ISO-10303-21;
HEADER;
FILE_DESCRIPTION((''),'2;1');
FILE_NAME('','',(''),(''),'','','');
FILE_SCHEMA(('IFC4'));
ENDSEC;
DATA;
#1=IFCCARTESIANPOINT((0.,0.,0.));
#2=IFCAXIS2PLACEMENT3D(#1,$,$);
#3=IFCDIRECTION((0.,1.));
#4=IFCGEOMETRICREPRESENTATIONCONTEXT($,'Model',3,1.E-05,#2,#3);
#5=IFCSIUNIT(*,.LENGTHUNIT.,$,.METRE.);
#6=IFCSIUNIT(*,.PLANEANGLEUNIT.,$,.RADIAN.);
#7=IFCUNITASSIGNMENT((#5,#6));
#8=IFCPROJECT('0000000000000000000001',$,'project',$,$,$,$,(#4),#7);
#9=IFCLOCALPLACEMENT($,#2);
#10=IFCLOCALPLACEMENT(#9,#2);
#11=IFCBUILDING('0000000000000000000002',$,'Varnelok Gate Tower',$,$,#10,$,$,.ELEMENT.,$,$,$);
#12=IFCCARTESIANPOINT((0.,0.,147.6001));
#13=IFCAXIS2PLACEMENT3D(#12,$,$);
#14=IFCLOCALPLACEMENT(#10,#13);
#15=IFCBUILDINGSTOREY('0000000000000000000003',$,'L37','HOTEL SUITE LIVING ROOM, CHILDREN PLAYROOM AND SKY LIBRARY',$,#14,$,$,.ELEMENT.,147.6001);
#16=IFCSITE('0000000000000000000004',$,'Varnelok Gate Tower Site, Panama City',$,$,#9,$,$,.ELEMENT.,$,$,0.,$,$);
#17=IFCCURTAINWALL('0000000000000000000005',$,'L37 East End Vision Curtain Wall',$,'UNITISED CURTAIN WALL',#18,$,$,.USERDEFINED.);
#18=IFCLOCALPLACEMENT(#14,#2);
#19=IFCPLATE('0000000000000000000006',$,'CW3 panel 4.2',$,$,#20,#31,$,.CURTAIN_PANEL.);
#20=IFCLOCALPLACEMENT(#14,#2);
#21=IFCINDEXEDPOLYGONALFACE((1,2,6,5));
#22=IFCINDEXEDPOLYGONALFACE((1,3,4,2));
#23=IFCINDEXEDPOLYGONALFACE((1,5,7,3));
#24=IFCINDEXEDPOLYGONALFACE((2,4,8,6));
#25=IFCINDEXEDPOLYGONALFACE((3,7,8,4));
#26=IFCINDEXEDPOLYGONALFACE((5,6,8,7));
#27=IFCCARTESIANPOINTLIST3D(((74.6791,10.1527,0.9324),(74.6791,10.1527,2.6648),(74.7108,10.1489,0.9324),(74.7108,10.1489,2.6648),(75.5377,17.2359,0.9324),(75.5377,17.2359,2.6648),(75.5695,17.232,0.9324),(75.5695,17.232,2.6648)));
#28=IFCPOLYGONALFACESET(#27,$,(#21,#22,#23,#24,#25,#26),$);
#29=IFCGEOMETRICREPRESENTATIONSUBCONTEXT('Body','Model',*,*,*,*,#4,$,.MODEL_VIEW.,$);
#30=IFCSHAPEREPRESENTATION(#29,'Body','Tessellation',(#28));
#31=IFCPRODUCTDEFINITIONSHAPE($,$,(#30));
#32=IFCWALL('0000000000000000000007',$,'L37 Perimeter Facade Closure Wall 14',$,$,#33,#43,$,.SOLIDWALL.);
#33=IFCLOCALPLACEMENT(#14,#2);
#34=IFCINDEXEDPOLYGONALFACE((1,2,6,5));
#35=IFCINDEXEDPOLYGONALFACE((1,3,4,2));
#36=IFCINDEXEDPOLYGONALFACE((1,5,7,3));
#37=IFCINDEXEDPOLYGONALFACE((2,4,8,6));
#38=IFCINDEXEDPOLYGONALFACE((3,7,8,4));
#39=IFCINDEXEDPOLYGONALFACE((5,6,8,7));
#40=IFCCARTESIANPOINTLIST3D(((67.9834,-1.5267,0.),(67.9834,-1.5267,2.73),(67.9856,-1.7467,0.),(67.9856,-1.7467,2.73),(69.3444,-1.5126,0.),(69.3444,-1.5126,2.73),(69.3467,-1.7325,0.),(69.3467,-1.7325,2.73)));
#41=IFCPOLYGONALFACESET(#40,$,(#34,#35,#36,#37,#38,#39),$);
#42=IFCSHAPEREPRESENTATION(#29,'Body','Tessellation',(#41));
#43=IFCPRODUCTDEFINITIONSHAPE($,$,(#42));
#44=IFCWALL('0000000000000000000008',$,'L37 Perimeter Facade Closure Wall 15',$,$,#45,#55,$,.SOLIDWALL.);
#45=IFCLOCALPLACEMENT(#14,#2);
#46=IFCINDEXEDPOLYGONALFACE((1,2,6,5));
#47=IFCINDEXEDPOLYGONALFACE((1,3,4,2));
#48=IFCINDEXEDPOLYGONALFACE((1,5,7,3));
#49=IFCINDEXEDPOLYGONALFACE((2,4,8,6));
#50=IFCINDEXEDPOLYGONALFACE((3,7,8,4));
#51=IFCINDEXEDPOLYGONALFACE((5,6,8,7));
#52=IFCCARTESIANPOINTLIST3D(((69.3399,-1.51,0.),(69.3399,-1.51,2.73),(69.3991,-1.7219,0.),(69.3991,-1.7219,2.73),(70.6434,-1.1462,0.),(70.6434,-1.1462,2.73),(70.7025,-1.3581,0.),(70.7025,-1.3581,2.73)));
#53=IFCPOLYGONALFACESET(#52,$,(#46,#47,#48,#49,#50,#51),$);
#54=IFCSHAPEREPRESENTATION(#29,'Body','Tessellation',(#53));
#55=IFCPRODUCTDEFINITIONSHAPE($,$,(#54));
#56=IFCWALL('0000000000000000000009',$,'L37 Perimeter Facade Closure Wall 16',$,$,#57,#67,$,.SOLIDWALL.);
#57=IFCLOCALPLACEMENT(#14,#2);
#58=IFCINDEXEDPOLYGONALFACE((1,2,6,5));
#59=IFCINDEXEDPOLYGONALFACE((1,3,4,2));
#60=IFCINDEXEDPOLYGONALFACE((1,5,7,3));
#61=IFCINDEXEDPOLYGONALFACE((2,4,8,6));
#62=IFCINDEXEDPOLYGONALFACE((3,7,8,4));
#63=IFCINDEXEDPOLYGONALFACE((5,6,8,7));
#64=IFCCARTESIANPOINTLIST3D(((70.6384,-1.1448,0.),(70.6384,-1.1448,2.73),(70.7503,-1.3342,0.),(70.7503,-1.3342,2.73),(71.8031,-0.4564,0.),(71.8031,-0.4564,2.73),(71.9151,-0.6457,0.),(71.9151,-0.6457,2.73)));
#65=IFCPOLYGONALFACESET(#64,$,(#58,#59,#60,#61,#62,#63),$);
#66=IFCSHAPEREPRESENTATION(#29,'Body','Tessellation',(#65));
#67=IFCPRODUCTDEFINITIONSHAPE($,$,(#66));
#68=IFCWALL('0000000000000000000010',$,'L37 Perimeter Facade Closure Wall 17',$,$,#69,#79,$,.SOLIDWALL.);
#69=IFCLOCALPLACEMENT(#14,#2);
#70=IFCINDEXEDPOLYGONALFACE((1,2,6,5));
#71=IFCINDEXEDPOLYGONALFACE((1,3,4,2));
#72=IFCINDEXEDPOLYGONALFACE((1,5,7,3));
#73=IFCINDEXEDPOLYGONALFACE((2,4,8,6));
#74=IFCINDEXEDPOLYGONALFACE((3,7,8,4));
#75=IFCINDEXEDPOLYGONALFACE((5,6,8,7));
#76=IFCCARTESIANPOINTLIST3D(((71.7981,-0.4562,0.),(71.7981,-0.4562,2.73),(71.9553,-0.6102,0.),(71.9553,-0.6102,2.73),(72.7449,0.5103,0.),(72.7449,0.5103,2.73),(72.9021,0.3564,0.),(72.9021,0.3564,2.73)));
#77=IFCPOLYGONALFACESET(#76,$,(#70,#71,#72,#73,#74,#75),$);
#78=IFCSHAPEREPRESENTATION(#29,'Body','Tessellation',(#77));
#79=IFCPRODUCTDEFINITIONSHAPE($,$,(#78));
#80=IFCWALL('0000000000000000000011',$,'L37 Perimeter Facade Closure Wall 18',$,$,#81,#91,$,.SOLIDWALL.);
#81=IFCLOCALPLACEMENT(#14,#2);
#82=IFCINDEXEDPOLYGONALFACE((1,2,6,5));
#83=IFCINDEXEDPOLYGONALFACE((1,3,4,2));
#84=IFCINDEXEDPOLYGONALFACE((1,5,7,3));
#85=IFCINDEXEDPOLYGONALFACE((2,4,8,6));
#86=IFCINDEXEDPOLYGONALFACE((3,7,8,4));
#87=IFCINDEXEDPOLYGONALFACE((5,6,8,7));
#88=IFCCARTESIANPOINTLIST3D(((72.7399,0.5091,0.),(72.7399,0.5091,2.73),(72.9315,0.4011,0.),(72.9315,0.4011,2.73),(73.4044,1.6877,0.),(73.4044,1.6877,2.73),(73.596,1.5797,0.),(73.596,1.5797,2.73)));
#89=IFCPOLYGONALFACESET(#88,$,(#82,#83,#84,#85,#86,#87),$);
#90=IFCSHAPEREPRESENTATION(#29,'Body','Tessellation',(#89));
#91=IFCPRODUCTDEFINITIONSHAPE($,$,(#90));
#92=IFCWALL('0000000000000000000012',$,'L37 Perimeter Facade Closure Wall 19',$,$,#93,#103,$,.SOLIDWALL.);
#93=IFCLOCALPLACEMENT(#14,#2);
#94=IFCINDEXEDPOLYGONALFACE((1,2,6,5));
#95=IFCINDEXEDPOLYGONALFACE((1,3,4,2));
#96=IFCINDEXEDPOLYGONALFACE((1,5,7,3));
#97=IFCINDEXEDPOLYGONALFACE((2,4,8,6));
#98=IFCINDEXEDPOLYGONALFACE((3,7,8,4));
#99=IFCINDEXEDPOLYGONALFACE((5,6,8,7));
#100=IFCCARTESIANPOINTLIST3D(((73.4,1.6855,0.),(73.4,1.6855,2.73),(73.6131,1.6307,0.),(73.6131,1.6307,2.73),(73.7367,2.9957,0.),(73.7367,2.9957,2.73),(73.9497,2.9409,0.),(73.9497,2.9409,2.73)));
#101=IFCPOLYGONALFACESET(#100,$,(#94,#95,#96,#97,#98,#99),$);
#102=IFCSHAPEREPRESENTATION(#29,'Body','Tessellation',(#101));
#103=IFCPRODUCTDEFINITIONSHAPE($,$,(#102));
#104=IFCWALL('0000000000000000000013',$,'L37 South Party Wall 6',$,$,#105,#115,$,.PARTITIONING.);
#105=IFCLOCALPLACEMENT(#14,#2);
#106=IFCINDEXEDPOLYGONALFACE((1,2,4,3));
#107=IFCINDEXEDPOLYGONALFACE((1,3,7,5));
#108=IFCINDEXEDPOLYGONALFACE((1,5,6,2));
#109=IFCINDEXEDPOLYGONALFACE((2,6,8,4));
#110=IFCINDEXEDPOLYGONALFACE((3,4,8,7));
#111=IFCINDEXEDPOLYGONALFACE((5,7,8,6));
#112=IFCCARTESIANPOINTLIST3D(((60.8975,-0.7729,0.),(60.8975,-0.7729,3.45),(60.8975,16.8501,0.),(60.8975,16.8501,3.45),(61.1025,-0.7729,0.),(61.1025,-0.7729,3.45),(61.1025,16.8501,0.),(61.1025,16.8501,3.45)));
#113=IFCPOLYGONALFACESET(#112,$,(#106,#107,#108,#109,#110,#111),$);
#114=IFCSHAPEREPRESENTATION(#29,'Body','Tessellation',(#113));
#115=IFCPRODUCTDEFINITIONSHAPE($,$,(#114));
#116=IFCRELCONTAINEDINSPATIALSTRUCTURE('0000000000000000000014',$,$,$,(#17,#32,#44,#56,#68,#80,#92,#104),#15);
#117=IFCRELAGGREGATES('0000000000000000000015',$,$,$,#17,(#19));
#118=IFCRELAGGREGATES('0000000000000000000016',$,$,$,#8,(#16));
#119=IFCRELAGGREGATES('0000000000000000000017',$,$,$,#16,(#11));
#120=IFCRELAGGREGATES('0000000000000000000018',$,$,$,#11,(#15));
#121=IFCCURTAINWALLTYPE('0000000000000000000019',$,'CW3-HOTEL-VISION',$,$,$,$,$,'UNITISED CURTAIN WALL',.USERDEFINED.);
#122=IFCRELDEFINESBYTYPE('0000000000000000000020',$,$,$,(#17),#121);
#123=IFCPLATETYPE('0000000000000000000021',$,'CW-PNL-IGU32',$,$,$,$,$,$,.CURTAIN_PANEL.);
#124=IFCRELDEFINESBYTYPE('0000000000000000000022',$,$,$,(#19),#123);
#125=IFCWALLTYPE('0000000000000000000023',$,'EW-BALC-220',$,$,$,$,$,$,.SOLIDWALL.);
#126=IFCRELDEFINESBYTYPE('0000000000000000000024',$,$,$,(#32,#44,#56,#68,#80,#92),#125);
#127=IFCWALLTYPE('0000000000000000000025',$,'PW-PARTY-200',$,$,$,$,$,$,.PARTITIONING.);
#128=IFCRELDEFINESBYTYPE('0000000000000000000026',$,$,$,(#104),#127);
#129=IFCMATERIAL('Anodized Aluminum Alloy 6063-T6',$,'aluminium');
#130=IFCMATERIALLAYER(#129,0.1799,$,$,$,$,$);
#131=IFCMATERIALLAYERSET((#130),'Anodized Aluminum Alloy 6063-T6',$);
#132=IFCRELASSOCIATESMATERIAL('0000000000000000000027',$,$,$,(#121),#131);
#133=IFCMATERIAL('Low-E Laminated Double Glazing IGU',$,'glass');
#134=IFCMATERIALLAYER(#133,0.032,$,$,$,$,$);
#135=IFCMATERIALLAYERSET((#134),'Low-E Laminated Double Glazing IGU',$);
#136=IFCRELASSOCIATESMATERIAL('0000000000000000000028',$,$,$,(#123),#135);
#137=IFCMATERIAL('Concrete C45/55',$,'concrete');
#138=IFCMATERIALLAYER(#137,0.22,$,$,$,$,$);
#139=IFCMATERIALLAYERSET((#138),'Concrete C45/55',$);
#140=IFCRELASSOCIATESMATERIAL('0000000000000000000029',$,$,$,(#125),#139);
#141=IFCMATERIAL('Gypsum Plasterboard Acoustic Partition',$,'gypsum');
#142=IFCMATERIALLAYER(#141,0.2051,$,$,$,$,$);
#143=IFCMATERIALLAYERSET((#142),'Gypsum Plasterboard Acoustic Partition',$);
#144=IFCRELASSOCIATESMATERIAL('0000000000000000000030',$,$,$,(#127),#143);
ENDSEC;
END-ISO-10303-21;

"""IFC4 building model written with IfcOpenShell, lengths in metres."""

from ifc_helpers import new_model, si_unit, direction, frame, frame_2d, origin, origin_2d, place, context, subcontext, project, spatial, rectangle, extrude, source, transform, mapped, material, layer, layer_set, type_object, element, aggregate, save


model = new_model("IFC4")

# Units and contexts
model_context = context("Model", 3, precision=1e-05, world=origin(), true_north=direction((0.0, 1.0)))
body_context = subcontext(model_context, "Body", "Model", "MODEL_VIEW")
ifc_project = project(units=[si_unit("LENGTHUNIT", "METRE"), si_unit("PLANEANGLEUNIT", "RADIAN")], contexts=[model_context])

# Site, building, storey
site_placement = place(None, origin())
site = spatial("IfcSite", under=ifc_project, at=site_placement, Name="Varnelok Gate Tower Site, Panama City", CompositionType="ELEMENT", RefElevation=0.0)
building_placement = place(site_placement, origin())
building = spatial("IfcBuilding", under=site, at=building_placement, Name="Varnelok Gate Tower", CompositionType="ELEMENT")
storey_placement = place(building_placement, frame((0.0, 0.0, 147.6001)))
storey = spatial("IfcBuildingStorey", under=building, at=storey_placement, Name="L37", Description="HOTEL SUITE LIVING ROOM, CHILDREN PLAYROOM AND SKY LIBRARY", CompositionType="ELEMENT", Elevation=147.6001)

# Curtain wall, plate
ifc_material_1 = material(Name="Anodized Aluminum Alloy 6063-T6", Category="aluminium")
ifc_layer_1 = layer(ifc_material_1, 0.1799)
ifc_layer_set_1 = layer_set([ifc_layer_1], Name="Anodized Aluminum Alloy 6063-T6")
curtain_wall_type = type_object("IfcCurtainWallType", Name="CW3-HOTEL-VISION", ElementType="UNITISED CURTAIN WALL", PredefinedType="USERDEFINED", material=ifc_layer_set_1)
curtain_wall_placement = place(storey_placement, origin())
curtain_wall = element("IfcCurtainWall", 1, at=curtain_wall_placement, inside=storey, type_object=curtain_wall_type, Name="L37 East End Vision Curtain Wall", ObjectType="UNITISED CURTAIN WALL", PredefinedType="USERDEFINED")
ifc_material_2 = material(Name="Low-E Laminated Double Glazing IGU", Category="glass")
ifc_layer_2 = layer(ifc_material_2, 0.032)
ifc_layer_set_2 = layer_set([ifc_layer_2], Name="Low-E Laminated Double Glazing IGU")
plate_type = type_object("IfcPlateType", Name="CW-PNL-IGU32", PredefinedType="CURTAIN_PANEL", material=ifc_layer_set_2)
shared_shape_1 = source(origin(), body_context, "Body", "SweptSolid", [
    extrude(rectangle(XDim=7.135, YDim=0.032, at=origin_2d()), origin(), (0.0, 0.0, 1.0), 1.7324),
])
plate_1_placement = place(storey_placement, frame((75.1243, 13.6924, 0.9324), z_axis=(0.0, 0.0, 1.0), x_axis=(-0.120347, -0.992732, 0.0)))
plate_1 = element("IfcPlate", 2, at=plate_1_placement, type_object=plate_type, Name="CW3 panel 4.2", PredefinedType="CURTAIN_PANEL", context=body_context, shape_type="MappedRepresentation", body=[
    mapped(shared_shape_1, transform((0.0, 0.0, 0.0), scale=1.0)),
])
aggregate(curtain_wall, [plate_1])

# Walls
ifc_material_3 = material(Name="Concrete C45/55", Category="concrete")
ifc_layer_3 = layer(ifc_material_3, 0.22)
ifc_layer_set_3 = layer_set([ifc_layer_3], Name="Concrete C45/55")
wall_type_1 = type_object("IfcWallType", Name="EW-BALC-220", PredefinedType="SOLIDWALL", material=ifc_layer_set_3)
wall_1_placement = place(storey_placement, frame((67.9844, -1.6367, 0.0), z_axis=(0.0, 0.0, 1.0), x_axis=(0.999946, 0.010403, 0.0)))
element("IfcWall", 3, at=wall_1_placement, inside=storey, type_object=wall_type_1, Name="L37 Perimeter Facade Closure Wall 14", PredefinedType="SOLIDWALL", context=body_context, shape_type="SweptSolid", body=[
    extrude(rectangle(XDim=1.3611, YDim=0.22, at=frame_2d((0.6807, 0.0))), origin(), (0.0, 0.0, 1.0), 2.73),
])
wall_2_placement = place(storey_placement, frame((69.3694, -1.616, 0.0), z_axis=(0.0, 0.0, 1.0), x_axis=(0.963194, 0.268807, 0.0)))
element("IfcWall", 4, at=wall_2_placement, inside=storey, type_object=wall_type_1, Name="L37 Perimeter Facade Closure Wall 15", PredefinedType="SOLIDWALL", context=body_context, shape_type="SweptSolid", body=[
    extrude(rectangle(XDim=1.3533, YDim=0.22, at=frame_2d((0.6768, 0.0))), origin(), (0.0, 0.0, 1.0), 2.73),
])
for number, where, z_axis, x_axis, name in (
    (5, (70.6943, -1.2395, 0.0), (0.0, 0.0, 1.0), (0.860865, 0.508833, 0.0), "L37 Perimeter Facade Closure Wall 16"),
    (6, (71.8767, -0.5332, 0.0), (0.0, 0.0, 1.0), (0.699761, 0.714377, 0.0), "L37 Perimeter Facade Closure Wall 17"),
    (7, (72.8357, 0.4551, 0.0), (0.0, 0.0, 1.0), (0.491118, 0.871093, 0.0), "L37 Perimeter Facade Closure Wall 18"),
):
    element("IfcWall", number, at=place(storey_placement, frame(where, z_axis=z_axis, x_axis=x_axis)), inside=storey, type_object=wall_type_1, Name=name, PredefinedType="SOLIDWALL", context=body_context, shape_type="SweptSolid", body=[
        extrude(rectangle(XDim=1.353, YDim=0.22, at=frame_2d((0.6765, 0.0))), origin(), (0.0, 0.0, 1.0), 2.73),
    ])
wall_3_placement = place(storey_placement, frame((73.5066, 1.6582, 0.0), z_axis=(0.0, 0.0, 1.0), x_axis=(0.248857, 0.96854, 0.0)))
element("IfcWall", 8, at=wall_3_placement, inside=storey, type_object=wall_type_1, Name="L37 Perimeter Facade Closure Wall 19", PredefinedType="SOLIDWALL", context=body_context, shape_type="SweptSolid", body=[
    extrude(rectangle(XDim=1.3528, YDim=0.22, at=frame_2d((0.6763, 0.0))), origin(), (0.0, 0.0, 1.0), 2.73),
])
ifc_material_4 = material(Name="Gypsum Plasterboard Acoustic Partition", Category="gypsum")
ifc_layer_4 = layer(ifc_material_4, 0.2051)
ifc_layer_set_4 = layer_set([ifc_layer_4], Name="Gypsum Plasterboard Acoustic Partition")
wall_type_2 = type_object("IfcWallType", Name="PW-PARTY-200", PredefinedType="PARTITIONING", material=ifc_layer_set_4)
wall_4_placement = place(storey_placement, frame((61.0, -0.7729, 0.0), z_axis=(0.0, 0.0, 1.0), x_axis=(0.0, 1.0, 0.0)))
element("IfcWall", 9, at=wall_4_placement, inside=storey, type_object=wall_type_2, Name="L37 South Party Wall 6", PredefinedType="PARTITIONING", context=body_context, shape_type="SweptSolid", body=[
    extrude(rectangle(XDim=17.623, YDim=0.2051, at=frame_2d((8.8115, 0.0))), origin(), (0.0, 0.0, 1.0), 3.45),
])

save(model, "model.ifc")
